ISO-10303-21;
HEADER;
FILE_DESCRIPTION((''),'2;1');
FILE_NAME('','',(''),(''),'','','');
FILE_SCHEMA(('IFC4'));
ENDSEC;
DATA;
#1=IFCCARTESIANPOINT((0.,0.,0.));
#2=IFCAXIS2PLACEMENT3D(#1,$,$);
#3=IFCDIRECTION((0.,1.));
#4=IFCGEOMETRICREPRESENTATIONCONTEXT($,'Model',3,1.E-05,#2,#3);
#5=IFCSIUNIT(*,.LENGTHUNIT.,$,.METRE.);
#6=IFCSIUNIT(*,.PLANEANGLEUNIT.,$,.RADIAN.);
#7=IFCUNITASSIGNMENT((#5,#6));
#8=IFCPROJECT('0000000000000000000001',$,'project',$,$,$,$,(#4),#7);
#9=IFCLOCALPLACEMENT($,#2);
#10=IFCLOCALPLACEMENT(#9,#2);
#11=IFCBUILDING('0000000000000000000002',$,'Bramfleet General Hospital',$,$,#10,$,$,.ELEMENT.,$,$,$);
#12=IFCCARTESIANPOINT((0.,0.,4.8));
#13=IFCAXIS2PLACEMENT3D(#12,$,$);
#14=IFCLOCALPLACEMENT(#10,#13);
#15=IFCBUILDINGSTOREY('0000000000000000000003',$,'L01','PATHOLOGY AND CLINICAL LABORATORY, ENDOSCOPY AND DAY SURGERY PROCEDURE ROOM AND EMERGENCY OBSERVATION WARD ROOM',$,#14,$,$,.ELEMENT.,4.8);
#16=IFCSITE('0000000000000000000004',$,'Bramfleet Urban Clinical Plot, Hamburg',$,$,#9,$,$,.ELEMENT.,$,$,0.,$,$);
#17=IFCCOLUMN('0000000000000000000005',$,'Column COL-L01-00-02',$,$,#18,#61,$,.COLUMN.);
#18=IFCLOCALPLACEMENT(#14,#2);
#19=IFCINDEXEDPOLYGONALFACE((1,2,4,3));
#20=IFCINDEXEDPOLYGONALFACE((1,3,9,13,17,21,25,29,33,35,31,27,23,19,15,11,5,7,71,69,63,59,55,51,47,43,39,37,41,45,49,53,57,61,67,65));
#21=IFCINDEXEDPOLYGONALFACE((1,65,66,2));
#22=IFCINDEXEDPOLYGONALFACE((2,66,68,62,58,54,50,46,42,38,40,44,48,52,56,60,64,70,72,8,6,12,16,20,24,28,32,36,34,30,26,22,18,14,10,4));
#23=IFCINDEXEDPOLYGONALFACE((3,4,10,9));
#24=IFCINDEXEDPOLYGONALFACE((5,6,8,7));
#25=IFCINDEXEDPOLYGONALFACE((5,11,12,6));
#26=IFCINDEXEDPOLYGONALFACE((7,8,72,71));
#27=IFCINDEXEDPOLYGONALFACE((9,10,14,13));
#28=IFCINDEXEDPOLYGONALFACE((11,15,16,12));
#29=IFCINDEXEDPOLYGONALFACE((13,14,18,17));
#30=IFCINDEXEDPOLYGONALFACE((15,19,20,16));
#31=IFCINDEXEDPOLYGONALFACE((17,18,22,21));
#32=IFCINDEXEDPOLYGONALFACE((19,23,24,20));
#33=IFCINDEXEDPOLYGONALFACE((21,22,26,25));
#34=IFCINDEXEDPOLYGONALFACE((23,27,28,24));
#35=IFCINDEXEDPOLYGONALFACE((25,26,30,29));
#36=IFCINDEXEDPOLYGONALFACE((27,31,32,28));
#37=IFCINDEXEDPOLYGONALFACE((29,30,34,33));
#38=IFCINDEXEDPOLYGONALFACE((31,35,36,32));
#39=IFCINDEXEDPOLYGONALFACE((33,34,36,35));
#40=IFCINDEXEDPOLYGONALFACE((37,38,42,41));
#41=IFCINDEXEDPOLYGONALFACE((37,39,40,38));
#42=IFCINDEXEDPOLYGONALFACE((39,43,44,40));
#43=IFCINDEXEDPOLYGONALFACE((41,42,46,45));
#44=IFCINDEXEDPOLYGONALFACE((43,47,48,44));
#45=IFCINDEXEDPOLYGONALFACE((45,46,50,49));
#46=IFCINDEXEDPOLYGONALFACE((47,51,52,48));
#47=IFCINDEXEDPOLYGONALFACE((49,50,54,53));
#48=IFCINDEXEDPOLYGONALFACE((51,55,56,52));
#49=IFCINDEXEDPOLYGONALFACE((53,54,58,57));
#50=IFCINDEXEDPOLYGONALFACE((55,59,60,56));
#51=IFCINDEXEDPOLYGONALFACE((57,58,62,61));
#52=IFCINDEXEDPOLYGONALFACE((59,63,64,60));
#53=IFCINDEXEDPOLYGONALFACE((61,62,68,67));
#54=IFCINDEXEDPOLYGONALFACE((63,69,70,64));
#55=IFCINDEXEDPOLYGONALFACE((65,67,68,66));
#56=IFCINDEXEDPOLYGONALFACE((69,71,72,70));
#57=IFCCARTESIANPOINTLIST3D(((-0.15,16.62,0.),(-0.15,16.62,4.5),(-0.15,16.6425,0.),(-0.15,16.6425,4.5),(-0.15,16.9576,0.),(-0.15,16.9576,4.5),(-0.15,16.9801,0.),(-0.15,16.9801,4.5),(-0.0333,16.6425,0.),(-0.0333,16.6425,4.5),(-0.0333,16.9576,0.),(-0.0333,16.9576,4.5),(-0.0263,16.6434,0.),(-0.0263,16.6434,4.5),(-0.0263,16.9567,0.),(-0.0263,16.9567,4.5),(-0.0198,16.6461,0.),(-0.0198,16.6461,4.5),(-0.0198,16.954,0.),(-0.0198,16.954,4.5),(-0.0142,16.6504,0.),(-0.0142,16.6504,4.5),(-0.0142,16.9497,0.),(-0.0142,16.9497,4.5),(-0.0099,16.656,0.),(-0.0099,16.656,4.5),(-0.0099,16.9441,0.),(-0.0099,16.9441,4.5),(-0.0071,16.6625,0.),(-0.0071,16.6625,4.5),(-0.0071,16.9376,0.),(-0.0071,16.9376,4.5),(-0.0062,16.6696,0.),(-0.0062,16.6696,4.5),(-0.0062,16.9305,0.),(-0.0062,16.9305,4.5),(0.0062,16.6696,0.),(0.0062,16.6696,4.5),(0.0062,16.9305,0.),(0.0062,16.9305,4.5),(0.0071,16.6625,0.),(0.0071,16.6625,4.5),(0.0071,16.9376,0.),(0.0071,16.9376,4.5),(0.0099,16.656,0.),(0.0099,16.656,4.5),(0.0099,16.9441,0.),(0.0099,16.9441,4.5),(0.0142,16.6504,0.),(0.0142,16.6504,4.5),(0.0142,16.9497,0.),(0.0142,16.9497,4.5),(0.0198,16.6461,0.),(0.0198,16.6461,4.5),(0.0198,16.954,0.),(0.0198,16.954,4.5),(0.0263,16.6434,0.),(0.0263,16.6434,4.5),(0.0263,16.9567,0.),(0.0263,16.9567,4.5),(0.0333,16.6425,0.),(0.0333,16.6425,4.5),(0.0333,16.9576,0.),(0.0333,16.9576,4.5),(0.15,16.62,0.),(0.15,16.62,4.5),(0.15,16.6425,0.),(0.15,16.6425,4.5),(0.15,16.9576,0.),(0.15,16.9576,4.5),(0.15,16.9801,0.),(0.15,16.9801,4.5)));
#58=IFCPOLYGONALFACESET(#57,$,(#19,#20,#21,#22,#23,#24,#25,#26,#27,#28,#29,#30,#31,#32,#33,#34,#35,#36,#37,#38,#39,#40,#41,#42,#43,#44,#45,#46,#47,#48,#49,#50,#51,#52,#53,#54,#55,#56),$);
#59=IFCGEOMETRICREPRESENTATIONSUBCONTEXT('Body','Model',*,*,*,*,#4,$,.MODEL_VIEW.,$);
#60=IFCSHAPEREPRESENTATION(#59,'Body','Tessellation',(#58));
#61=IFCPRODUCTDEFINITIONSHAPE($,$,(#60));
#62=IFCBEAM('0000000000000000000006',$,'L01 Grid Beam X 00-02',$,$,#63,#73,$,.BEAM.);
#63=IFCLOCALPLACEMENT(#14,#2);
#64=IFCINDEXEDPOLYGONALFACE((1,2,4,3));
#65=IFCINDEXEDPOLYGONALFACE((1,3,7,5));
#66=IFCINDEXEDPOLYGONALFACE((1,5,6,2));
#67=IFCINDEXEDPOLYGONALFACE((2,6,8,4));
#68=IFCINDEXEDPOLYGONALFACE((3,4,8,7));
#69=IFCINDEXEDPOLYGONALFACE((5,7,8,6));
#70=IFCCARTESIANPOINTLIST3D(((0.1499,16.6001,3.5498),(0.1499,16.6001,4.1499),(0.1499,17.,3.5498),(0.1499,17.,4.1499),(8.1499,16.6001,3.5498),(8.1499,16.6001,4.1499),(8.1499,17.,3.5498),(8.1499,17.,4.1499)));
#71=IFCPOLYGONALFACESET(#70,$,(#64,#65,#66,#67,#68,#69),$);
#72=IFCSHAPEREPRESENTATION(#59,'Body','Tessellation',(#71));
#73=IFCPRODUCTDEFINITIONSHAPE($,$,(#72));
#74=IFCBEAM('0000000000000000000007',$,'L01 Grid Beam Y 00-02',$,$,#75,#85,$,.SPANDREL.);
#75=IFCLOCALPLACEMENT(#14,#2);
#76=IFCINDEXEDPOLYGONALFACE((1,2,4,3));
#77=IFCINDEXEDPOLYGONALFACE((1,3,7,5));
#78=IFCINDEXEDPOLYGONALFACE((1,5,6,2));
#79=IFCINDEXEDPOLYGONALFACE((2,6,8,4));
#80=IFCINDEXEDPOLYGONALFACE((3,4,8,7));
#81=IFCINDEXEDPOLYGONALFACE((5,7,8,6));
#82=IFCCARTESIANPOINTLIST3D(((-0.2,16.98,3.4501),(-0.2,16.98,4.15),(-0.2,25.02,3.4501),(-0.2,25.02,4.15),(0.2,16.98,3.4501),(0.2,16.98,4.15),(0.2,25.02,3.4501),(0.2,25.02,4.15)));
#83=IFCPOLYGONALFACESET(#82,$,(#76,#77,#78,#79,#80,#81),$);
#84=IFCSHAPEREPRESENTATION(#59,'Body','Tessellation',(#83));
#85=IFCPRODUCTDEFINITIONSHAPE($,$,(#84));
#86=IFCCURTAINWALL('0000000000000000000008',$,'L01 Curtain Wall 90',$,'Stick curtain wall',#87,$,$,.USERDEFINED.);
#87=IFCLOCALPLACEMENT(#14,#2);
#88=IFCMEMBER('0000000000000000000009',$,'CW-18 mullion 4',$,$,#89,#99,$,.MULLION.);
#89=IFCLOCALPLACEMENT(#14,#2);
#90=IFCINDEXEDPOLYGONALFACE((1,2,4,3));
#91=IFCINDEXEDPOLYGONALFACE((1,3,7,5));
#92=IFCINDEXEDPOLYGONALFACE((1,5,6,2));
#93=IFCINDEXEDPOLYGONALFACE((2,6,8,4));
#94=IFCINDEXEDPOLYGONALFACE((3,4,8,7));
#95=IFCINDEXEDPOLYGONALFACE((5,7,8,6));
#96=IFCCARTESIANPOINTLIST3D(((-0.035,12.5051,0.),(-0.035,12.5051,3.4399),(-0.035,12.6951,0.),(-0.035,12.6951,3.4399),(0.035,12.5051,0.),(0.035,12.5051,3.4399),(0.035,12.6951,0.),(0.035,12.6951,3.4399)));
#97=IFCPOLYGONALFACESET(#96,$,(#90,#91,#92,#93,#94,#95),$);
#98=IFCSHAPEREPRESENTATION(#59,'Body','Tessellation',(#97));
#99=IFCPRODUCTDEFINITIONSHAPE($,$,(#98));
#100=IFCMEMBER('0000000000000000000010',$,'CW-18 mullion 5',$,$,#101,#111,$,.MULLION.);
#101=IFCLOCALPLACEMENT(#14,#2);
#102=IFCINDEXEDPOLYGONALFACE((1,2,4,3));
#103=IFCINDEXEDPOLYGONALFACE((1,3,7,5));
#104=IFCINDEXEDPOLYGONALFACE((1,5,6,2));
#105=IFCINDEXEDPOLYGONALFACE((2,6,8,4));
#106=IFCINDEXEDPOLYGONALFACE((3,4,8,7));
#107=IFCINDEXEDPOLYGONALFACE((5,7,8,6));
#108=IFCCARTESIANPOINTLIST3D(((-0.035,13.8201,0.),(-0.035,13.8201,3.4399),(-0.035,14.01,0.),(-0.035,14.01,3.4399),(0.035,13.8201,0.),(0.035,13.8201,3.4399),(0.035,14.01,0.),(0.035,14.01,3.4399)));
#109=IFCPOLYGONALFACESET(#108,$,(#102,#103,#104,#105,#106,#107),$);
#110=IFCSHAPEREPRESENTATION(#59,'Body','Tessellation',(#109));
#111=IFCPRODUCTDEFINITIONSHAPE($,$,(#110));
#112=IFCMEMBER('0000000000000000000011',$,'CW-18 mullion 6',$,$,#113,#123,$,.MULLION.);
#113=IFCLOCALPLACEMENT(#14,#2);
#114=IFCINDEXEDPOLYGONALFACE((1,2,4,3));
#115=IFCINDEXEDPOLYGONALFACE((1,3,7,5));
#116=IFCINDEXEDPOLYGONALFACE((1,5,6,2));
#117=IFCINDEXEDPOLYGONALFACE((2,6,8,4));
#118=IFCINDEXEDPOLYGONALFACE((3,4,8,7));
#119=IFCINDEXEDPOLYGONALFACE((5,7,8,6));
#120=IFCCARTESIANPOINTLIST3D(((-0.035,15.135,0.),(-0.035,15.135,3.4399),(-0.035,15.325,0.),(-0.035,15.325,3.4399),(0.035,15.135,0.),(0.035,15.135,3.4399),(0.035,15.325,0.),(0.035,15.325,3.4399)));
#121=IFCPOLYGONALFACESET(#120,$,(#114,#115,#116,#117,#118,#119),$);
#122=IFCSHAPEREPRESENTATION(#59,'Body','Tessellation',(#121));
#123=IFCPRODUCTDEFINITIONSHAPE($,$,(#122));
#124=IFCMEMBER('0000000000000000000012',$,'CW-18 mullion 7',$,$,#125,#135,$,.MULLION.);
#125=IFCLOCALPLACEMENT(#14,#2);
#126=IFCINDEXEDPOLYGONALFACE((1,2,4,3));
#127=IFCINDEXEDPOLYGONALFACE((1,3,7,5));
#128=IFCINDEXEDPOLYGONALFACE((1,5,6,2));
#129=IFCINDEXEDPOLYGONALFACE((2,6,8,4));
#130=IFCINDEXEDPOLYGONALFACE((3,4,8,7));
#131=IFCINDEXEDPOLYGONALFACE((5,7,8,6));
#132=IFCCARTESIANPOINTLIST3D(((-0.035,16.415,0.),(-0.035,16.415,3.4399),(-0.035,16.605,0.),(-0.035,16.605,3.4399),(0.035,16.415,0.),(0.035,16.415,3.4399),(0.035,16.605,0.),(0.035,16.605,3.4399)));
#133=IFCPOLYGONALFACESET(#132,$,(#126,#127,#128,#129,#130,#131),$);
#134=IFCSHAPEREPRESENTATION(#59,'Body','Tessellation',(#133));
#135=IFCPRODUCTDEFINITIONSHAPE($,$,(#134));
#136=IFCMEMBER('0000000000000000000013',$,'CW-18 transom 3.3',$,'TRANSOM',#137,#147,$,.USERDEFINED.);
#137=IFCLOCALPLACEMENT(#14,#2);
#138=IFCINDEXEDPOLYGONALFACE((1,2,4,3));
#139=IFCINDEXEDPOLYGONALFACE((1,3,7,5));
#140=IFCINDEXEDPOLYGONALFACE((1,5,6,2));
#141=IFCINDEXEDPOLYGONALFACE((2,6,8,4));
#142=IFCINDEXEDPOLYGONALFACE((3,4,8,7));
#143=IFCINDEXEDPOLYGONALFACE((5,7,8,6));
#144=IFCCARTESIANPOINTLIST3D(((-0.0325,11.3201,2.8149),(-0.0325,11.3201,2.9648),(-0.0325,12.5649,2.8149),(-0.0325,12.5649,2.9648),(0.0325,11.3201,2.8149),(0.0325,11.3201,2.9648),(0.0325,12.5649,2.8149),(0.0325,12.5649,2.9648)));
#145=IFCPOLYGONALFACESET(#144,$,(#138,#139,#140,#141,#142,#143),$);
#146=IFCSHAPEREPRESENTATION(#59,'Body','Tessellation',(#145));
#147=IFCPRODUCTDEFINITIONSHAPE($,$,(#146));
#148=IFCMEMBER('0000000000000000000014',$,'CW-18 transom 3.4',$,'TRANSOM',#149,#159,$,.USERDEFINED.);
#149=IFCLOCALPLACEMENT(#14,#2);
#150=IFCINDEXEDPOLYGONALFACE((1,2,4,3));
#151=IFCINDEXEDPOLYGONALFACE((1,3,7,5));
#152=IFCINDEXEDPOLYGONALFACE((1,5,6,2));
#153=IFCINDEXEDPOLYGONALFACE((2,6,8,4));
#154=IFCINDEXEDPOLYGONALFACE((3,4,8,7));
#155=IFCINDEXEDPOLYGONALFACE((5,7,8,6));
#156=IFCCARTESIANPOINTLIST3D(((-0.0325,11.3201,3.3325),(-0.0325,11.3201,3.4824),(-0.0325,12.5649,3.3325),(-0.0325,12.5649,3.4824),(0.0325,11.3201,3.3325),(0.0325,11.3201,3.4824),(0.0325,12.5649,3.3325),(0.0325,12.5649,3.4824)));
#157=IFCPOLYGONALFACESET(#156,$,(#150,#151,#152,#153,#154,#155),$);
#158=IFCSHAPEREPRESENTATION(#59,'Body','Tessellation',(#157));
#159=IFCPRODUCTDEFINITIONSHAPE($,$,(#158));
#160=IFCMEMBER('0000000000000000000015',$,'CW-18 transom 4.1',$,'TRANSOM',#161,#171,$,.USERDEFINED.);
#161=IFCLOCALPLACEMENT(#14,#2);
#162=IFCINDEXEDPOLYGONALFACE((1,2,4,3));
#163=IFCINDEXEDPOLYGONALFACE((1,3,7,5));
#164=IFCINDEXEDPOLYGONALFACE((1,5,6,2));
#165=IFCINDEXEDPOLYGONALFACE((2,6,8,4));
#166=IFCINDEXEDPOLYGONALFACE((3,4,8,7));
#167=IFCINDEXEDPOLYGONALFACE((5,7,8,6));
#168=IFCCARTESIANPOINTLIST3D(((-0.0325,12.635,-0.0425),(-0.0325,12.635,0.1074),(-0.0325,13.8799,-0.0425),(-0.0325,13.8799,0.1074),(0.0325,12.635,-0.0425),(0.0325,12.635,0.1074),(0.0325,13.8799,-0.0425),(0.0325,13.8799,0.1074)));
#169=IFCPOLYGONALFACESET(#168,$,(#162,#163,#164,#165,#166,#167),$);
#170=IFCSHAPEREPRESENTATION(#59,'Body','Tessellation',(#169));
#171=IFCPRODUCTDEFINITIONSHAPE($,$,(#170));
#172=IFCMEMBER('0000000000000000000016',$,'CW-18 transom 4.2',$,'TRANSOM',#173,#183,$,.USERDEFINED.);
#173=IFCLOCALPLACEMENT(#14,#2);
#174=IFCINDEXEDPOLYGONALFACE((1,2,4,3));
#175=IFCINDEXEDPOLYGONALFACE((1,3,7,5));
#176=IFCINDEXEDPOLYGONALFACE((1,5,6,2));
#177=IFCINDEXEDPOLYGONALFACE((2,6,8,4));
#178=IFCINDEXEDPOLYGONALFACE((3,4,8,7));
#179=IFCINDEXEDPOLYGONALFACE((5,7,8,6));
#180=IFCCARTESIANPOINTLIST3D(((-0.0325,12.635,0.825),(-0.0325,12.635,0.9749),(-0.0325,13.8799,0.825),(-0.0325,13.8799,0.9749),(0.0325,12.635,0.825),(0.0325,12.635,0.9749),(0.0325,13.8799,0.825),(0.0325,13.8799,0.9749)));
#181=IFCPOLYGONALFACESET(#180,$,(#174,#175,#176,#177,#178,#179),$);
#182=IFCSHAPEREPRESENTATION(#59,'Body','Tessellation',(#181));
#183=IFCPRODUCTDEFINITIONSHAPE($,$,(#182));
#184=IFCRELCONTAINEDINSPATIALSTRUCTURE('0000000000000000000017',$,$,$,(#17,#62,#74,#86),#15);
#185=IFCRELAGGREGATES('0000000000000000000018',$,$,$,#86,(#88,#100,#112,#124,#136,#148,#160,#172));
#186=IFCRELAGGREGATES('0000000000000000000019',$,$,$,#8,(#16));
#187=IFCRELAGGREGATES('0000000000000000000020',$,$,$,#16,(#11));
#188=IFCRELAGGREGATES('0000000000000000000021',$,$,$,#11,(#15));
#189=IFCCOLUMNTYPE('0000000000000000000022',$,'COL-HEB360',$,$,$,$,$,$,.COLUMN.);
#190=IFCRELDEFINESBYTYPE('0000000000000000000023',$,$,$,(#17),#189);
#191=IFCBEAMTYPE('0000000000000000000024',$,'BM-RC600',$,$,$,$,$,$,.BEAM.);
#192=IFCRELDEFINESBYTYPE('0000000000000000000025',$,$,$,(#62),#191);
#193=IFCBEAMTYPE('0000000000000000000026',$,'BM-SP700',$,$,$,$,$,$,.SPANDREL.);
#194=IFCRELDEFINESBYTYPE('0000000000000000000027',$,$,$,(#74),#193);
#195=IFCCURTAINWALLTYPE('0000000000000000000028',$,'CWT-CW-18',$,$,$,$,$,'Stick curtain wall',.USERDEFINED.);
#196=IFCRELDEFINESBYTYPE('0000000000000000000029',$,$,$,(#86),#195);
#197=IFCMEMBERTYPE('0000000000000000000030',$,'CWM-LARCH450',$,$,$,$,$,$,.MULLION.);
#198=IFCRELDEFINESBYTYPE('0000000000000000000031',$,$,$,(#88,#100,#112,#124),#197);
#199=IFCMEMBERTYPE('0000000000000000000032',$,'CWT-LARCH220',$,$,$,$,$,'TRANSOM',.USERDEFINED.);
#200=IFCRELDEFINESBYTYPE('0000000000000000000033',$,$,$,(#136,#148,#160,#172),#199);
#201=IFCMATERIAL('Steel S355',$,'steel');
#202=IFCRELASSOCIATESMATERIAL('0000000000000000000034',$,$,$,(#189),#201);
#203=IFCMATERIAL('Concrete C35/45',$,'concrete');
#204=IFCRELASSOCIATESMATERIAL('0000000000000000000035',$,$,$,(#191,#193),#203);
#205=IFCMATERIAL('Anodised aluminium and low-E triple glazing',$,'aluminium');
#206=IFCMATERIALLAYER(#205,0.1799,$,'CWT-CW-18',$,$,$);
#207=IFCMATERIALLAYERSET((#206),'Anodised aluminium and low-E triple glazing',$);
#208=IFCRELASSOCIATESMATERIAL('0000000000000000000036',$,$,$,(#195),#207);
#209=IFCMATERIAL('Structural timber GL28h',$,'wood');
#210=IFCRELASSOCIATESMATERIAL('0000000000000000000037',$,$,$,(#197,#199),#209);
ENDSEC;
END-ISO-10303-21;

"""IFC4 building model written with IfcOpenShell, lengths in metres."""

from ifc_helpers import new_model, si_unit, direction, frame, origin, origin_2d, place, context, subcontext, project, spatial, rectangle, i_section, extrude, material, layer, layer_set, material_profile, profile_set, type_object, element, aggregate, save


model = new_model("IFC4")

# Units and contexts
model_context = context("Model", 3, precision=1e-05, world=origin(), true_north=direction((0.0, 1.0)))
body_context = subcontext(model_context, "Body", "Model", "MODEL_VIEW")
ifc_project = project(units=[si_unit("LENGTHUNIT", "METRE"), si_unit("PLANEANGLEUNIT", "RADIAN")], contexts=[model_context])

# Site, building, storey
site_placement = place(None, origin())
site = spatial("IfcSite", under=ifc_project, at=site_placement, Name="Bramfleet Urban Clinical Plot, Hamburg", CompositionType="ELEMENT", RefElevation=0.0)
building_placement = place(site_placement, origin())
building = spatial("IfcBuilding", under=site, at=building_placement, Name="Bramfleet General Hospital", CompositionType="ELEMENT")
storey_placement = place(building_placement, frame((0.0, 0.0, 4.8)))
storey = spatial("IfcBuildingStorey", under=building, at=storey_placement, Name="L01", Description="PATHOLOGY AND CLINICAL LABORATORY, ENDOSCOPY AND DAY SURGERY PROCEDURE ROOM AND EMERGENCY OBSERVATION WARD ROOM", CompositionType="ELEMENT", Elevation=4.8)

# Column
ifc_material_1 = material(Name="Steel S355", Category="steel")
ifc_material_profile_1 = material_profile(ifc_material_1, i_section(OverallWidth=0.3, OverallDepth=0.3601, WebThickness=0.0125, FlangeThickness=0.0225, FilletRadius=0.0271, at=origin_2d()), Name="HEB 360")
ifc_profile_set_1 = profile_set([ifc_material_profile_1], Name="Steel S355")
column_type = type_object("IfcColumnType", Name="COL-HEB360", PredefinedType="COLUMN", material=ifc_profile_set_1)
column_placement = place(storey_placement, frame((0.0, 16.8, 0.0), z_axis=(0.0, 0.0, 1.0), x_axis=(1.0, 0.0, 0.0)))
element("IfcColumn", 1, at=column_placement, inside=storey, type_object=column_type, Name="Column COL-L01-00-02", PredefinedType="COLUMN", context=body_context, shape_type="SweptSolid", body=[
    extrude(i_section(OverallWidth=0.3, OverallDepth=0.3601, WebThickness=0.0125, FlangeThickness=0.0225, FilletRadius=0.0271, at=origin_2d()), origin(), (0.0, 0.0, 1.0), 4.5),
])

# Beams
ifc_material_2 = material(Name="Concrete C35/45", Category="concrete")
ifc_material_profile_2 = material_profile(ifc_material_2, rectangle(XDim=0.3999, YDim=0.6001, at=origin_2d()), Name="RC BM 600x400")
ifc_profile_set_2 = profile_set([ifc_material_profile_2], Name="Concrete C35/45")
beam_type_1 = type_object("IfcBeamType", Name="BM-RC600", PredefinedType="BEAM", material=ifc_profile_set_2)
beam_1_placement = place(storey_placement, frame((0.1499, 16.8, 3.8499), z_axis=(1.0, 0.0, 0.0), x_axis=(0.0, 1.0, 0.0)))
element("IfcBeam", 2, at=beam_1_placement, inside=storey, type_object=beam_type_1, Name="L01 Grid Beam X 00-02", PredefinedType="BEAM", context=body_context, shape_type="SweptSolid", body=[
    extrude(rectangle(XDim=0.3999, YDim=0.6001, at=origin_2d()), origin(), (0.0, 0.0, 1.0), 8.0),
])
ifc_material_profile_3 = material_profile(ifc_material_2, rectangle(XDim=0.3999, YDim=0.7, at=origin_2d()), Name="RC SP 700x400")
ifc_profile_set_3 = profile_set([ifc_material_profile_3], Name="Concrete C35/45")
beam_type_2 = type_object("IfcBeamType", Name="BM-SP700", PredefinedType="SPANDREL", material=ifc_profile_set_3)
beam_2_placement = place(storey_placement, frame((0.0, 16.98, 3.8), z_axis=(0.0, 1.0, 0.0), x_axis=(-1.0, 0.0, 0.0)))
element("IfcBeam", 3, at=beam_2_placement, inside=storey, type_object=beam_type_2, Name="L01 Grid Beam Y 00-02", PredefinedType="SPANDREL", context=body_context, shape_type="SweptSolid", body=[
    extrude(rectangle(XDim=0.3999, YDim=0.7, at=origin_2d()), origin(), (0.0, 0.0, 1.0), 8.04),
])

# Curtain wall, members
ifc_material_3 = material(Name="Anodised aluminium and low-E triple glazing", Category="aluminium")
ifc_layer_1 = layer(ifc_material_3, 0.1799, Name="CWT-CW-18")
ifc_layer_set_1 = layer_set([ifc_layer_1], Name="Anodised aluminium and low-E triple glazing")
curtain_wall_type = type_object("IfcCurtainWallType", Name="CWT-CW-18", ElementType="Stick curtain wall", PredefinedType="USERDEFINED", material=ifc_layer_set_1)
curtain_wall_placement = place(storey_placement, origin())
curtain_wall = element("IfcCurtainWall", 4, at=curtain_wall_placement, inside=storey, type_object=curtain_wall_type, Name="L01 Curtain Wall 90", ObjectType="Stick curtain wall", PredefinedType="USERDEFINED")
ifc_material_4 = material(Name="Structural timber GL28h", Category="wood")
ifc_material_profile_4 = material_profile(ifc_material_4, rectangle(XDim=0.0701, YDim=0.1899, at=origin_2d()), Name="LARCH 190x70")
ifc_profile_set_4 = profile_set([ifc_material_profile_4], Name="Structural timber GL28h")
member_type_1 = type_object("IfcMemberType", Name="CWM-LARCH450", PredefinedType="MULLION", material=ifc_profile_set_4)
member_1_placement = place(storey_placement, frame((0.0, 12.6001, 0.0), z_axis=(0.0, 0.0, 1.0), x_axis=(-1.0, 0.0, 0.0)))
member_1 = element("IfcMember", 5, at=member_1_placement, type_object=member_type_1, Name="CW-18 mullion 4", PredefinedType="MULLION", context=body_context, shape_type="SweptSolid", body=[
    extrude(rectangle(XDim=0.0701, YDim=0.1899, at=origin_2d()), origin(), (0.0, 0.0, 1.0), 3.4399),
])
member_2_placement = place(storey_placement, frame((0.0, 13.915, 0.0), z_axis=(0.0, 0.0, 1.0), x_axis=(-1.0, 0.0, 0.0)))
member_2 = element("IfcMember", 6, at=member_2_placement, type_object=member_type_1, Name="CW-18 mullion 5", PredefinedType="MULLION", context=body_context, shape_type="SweptSolid", body=[
    extrude(rectangle(XDim=0.0701, YDim=0.1899, at=origin_2d()), origin(), (0.0, 0.0, 1.0), 3.4399),
])
member_3_placement = place(storey_placement, frame((0.0, 15.23, 0.0), z_axis=(0.0, 0.0, 1.0), x_axis=(-1.0, 0.0, 0.0)))
member_3 = element("IfcMember", 7, at=member_3_placement, type_object=member_type_1, Name="CW-18 mullion 6", PredefinedType="MULLION", context=body_context, shape_type="SweptSolid", body=[
    extrude(rectangle(XDim=0.0701, YDim=0.1899, at=origin_2d()), origin(), (0.0, 0.0, 1.0), 3.4399),
])
member_4_placement = place(storey_placement, frame((0.0, 16.51, 0.0), z_axis=(0.0, 0.0, 1.0), x_axis=(-1.0, 0.0, 0.0)))
member_4 = element("IfcMember", 8, at=member_4_placement, type_object=member_type_1, Name="CW-18 mullion 7", PredefinedType="MULLION", context=body_context, shape_type="SweptSolid", body=[
    extrude(rectangle(XDim=0.0701, YDim=0.1899, at=origin_2d()), origin(), (0.0, 0.0, 1.0), 3.4399),
])
ifc_material_profile_5 = material_profile(ifc_material_4, rectangle(XDim=0.0649, YDim=0.1499, at=origin_2d()), Name="LARCH 150x65")
ifc_profile_set_5 = profile_set([ifc_material_profile_5], Name="Structural timber GL28h")
member_type_2 = type_object("IfcMemberType", Name="CWT-LARCH220", ElementType="TRANSOM", PredefinedType="USERDEFINED", material=ifc_profile_set_5)
member_5_placement = place(storey_placement, frame((0.0, 11.3201, 2.8899), z_axis=(0.0, 1.0, 0.0), x_axis=(-1.0, 0.0, 0.0)))
member_5 = element("IfcMember", 9, at=member_5_placement, type_object=member_type_2, Name="CW-18 transom 3.3", ObjectType="TRANSOM", PredefinedType="USERDEFINED", context=body_context, shape_type="SweptSolid", body=[
    extrude(rectangle(XDim=0.0649, YDim=0.1499, at=origin_2d()), origin(), (0.0, 0.0, 1.0), 1.2449),
])
member_6_placement = place(storey_placement, frame((0.0, 11.3201, 3.4075), z_axis=(0.0, 1.0, 0.0), x_axis=(-1.0, 0.0, 0.0)))
member_6 = element("IfcMember", 10, at=member_6_placement, type_object=member_type_2, Name="CW-18 transom 3.4", ObjectType="TRANSOM", PredefinedType="USERDEFINED", context=body_context, shape_type="SweptSolid", body=[
    extrude(rectangle(XDim=0.0649, YDim=0.1499, at=origin_2d()), origin(), (0.0, 0.0, 1.0), 1.2449),
])
member_7_placement = place(storey_placement, frame((0.0, 12.635, 0.0325), z_axis=(0.0, 1.0, 0.0), x_axis=(-1.0, 0.0, 0.0)))
member_7 = element("IfcMember", 11, at=member_7_placement, type_object=member_type_2, Name="CW-18 transom 4.1", ObjectType="TRANSOM", PredefinedType="USERDEFINED", context=body_context, shape_type="SweptSolid", body=[
    extrude(rectangle(XDim=0.0649, YDim=0.1499, at=origin_2d()), origin(), (0.0, 0.0, 1.0), 1.2449),
])
member_8_placement = place(storey_placement, frame((0.0, 12.635, 0.8999), z_axis=(0.0, 1.0, 0.0), x_axis=(-1.0, 0.0, 0.0)))
member_8 = element("IfcMember", 12, at=member_8_placement, type_object=member_type_2, Name="CW-18 transom 4.2", ObjectType="TRANSOM", PredefinedType="USERDEFINED", context=body_context, shape_type="SweptSolid", body=[
    extrude(rectangle(XDim=0.0649, YDim=0.1499, at=origin_2d()), origin(), (0.0, 0.0, 1.0), 1.2449),
])
aggregate(curtain_wall, [member_1, member_2, member_3, member_4, member_5, member_6, member_7, member_8])

save(model, "model.ifc")
